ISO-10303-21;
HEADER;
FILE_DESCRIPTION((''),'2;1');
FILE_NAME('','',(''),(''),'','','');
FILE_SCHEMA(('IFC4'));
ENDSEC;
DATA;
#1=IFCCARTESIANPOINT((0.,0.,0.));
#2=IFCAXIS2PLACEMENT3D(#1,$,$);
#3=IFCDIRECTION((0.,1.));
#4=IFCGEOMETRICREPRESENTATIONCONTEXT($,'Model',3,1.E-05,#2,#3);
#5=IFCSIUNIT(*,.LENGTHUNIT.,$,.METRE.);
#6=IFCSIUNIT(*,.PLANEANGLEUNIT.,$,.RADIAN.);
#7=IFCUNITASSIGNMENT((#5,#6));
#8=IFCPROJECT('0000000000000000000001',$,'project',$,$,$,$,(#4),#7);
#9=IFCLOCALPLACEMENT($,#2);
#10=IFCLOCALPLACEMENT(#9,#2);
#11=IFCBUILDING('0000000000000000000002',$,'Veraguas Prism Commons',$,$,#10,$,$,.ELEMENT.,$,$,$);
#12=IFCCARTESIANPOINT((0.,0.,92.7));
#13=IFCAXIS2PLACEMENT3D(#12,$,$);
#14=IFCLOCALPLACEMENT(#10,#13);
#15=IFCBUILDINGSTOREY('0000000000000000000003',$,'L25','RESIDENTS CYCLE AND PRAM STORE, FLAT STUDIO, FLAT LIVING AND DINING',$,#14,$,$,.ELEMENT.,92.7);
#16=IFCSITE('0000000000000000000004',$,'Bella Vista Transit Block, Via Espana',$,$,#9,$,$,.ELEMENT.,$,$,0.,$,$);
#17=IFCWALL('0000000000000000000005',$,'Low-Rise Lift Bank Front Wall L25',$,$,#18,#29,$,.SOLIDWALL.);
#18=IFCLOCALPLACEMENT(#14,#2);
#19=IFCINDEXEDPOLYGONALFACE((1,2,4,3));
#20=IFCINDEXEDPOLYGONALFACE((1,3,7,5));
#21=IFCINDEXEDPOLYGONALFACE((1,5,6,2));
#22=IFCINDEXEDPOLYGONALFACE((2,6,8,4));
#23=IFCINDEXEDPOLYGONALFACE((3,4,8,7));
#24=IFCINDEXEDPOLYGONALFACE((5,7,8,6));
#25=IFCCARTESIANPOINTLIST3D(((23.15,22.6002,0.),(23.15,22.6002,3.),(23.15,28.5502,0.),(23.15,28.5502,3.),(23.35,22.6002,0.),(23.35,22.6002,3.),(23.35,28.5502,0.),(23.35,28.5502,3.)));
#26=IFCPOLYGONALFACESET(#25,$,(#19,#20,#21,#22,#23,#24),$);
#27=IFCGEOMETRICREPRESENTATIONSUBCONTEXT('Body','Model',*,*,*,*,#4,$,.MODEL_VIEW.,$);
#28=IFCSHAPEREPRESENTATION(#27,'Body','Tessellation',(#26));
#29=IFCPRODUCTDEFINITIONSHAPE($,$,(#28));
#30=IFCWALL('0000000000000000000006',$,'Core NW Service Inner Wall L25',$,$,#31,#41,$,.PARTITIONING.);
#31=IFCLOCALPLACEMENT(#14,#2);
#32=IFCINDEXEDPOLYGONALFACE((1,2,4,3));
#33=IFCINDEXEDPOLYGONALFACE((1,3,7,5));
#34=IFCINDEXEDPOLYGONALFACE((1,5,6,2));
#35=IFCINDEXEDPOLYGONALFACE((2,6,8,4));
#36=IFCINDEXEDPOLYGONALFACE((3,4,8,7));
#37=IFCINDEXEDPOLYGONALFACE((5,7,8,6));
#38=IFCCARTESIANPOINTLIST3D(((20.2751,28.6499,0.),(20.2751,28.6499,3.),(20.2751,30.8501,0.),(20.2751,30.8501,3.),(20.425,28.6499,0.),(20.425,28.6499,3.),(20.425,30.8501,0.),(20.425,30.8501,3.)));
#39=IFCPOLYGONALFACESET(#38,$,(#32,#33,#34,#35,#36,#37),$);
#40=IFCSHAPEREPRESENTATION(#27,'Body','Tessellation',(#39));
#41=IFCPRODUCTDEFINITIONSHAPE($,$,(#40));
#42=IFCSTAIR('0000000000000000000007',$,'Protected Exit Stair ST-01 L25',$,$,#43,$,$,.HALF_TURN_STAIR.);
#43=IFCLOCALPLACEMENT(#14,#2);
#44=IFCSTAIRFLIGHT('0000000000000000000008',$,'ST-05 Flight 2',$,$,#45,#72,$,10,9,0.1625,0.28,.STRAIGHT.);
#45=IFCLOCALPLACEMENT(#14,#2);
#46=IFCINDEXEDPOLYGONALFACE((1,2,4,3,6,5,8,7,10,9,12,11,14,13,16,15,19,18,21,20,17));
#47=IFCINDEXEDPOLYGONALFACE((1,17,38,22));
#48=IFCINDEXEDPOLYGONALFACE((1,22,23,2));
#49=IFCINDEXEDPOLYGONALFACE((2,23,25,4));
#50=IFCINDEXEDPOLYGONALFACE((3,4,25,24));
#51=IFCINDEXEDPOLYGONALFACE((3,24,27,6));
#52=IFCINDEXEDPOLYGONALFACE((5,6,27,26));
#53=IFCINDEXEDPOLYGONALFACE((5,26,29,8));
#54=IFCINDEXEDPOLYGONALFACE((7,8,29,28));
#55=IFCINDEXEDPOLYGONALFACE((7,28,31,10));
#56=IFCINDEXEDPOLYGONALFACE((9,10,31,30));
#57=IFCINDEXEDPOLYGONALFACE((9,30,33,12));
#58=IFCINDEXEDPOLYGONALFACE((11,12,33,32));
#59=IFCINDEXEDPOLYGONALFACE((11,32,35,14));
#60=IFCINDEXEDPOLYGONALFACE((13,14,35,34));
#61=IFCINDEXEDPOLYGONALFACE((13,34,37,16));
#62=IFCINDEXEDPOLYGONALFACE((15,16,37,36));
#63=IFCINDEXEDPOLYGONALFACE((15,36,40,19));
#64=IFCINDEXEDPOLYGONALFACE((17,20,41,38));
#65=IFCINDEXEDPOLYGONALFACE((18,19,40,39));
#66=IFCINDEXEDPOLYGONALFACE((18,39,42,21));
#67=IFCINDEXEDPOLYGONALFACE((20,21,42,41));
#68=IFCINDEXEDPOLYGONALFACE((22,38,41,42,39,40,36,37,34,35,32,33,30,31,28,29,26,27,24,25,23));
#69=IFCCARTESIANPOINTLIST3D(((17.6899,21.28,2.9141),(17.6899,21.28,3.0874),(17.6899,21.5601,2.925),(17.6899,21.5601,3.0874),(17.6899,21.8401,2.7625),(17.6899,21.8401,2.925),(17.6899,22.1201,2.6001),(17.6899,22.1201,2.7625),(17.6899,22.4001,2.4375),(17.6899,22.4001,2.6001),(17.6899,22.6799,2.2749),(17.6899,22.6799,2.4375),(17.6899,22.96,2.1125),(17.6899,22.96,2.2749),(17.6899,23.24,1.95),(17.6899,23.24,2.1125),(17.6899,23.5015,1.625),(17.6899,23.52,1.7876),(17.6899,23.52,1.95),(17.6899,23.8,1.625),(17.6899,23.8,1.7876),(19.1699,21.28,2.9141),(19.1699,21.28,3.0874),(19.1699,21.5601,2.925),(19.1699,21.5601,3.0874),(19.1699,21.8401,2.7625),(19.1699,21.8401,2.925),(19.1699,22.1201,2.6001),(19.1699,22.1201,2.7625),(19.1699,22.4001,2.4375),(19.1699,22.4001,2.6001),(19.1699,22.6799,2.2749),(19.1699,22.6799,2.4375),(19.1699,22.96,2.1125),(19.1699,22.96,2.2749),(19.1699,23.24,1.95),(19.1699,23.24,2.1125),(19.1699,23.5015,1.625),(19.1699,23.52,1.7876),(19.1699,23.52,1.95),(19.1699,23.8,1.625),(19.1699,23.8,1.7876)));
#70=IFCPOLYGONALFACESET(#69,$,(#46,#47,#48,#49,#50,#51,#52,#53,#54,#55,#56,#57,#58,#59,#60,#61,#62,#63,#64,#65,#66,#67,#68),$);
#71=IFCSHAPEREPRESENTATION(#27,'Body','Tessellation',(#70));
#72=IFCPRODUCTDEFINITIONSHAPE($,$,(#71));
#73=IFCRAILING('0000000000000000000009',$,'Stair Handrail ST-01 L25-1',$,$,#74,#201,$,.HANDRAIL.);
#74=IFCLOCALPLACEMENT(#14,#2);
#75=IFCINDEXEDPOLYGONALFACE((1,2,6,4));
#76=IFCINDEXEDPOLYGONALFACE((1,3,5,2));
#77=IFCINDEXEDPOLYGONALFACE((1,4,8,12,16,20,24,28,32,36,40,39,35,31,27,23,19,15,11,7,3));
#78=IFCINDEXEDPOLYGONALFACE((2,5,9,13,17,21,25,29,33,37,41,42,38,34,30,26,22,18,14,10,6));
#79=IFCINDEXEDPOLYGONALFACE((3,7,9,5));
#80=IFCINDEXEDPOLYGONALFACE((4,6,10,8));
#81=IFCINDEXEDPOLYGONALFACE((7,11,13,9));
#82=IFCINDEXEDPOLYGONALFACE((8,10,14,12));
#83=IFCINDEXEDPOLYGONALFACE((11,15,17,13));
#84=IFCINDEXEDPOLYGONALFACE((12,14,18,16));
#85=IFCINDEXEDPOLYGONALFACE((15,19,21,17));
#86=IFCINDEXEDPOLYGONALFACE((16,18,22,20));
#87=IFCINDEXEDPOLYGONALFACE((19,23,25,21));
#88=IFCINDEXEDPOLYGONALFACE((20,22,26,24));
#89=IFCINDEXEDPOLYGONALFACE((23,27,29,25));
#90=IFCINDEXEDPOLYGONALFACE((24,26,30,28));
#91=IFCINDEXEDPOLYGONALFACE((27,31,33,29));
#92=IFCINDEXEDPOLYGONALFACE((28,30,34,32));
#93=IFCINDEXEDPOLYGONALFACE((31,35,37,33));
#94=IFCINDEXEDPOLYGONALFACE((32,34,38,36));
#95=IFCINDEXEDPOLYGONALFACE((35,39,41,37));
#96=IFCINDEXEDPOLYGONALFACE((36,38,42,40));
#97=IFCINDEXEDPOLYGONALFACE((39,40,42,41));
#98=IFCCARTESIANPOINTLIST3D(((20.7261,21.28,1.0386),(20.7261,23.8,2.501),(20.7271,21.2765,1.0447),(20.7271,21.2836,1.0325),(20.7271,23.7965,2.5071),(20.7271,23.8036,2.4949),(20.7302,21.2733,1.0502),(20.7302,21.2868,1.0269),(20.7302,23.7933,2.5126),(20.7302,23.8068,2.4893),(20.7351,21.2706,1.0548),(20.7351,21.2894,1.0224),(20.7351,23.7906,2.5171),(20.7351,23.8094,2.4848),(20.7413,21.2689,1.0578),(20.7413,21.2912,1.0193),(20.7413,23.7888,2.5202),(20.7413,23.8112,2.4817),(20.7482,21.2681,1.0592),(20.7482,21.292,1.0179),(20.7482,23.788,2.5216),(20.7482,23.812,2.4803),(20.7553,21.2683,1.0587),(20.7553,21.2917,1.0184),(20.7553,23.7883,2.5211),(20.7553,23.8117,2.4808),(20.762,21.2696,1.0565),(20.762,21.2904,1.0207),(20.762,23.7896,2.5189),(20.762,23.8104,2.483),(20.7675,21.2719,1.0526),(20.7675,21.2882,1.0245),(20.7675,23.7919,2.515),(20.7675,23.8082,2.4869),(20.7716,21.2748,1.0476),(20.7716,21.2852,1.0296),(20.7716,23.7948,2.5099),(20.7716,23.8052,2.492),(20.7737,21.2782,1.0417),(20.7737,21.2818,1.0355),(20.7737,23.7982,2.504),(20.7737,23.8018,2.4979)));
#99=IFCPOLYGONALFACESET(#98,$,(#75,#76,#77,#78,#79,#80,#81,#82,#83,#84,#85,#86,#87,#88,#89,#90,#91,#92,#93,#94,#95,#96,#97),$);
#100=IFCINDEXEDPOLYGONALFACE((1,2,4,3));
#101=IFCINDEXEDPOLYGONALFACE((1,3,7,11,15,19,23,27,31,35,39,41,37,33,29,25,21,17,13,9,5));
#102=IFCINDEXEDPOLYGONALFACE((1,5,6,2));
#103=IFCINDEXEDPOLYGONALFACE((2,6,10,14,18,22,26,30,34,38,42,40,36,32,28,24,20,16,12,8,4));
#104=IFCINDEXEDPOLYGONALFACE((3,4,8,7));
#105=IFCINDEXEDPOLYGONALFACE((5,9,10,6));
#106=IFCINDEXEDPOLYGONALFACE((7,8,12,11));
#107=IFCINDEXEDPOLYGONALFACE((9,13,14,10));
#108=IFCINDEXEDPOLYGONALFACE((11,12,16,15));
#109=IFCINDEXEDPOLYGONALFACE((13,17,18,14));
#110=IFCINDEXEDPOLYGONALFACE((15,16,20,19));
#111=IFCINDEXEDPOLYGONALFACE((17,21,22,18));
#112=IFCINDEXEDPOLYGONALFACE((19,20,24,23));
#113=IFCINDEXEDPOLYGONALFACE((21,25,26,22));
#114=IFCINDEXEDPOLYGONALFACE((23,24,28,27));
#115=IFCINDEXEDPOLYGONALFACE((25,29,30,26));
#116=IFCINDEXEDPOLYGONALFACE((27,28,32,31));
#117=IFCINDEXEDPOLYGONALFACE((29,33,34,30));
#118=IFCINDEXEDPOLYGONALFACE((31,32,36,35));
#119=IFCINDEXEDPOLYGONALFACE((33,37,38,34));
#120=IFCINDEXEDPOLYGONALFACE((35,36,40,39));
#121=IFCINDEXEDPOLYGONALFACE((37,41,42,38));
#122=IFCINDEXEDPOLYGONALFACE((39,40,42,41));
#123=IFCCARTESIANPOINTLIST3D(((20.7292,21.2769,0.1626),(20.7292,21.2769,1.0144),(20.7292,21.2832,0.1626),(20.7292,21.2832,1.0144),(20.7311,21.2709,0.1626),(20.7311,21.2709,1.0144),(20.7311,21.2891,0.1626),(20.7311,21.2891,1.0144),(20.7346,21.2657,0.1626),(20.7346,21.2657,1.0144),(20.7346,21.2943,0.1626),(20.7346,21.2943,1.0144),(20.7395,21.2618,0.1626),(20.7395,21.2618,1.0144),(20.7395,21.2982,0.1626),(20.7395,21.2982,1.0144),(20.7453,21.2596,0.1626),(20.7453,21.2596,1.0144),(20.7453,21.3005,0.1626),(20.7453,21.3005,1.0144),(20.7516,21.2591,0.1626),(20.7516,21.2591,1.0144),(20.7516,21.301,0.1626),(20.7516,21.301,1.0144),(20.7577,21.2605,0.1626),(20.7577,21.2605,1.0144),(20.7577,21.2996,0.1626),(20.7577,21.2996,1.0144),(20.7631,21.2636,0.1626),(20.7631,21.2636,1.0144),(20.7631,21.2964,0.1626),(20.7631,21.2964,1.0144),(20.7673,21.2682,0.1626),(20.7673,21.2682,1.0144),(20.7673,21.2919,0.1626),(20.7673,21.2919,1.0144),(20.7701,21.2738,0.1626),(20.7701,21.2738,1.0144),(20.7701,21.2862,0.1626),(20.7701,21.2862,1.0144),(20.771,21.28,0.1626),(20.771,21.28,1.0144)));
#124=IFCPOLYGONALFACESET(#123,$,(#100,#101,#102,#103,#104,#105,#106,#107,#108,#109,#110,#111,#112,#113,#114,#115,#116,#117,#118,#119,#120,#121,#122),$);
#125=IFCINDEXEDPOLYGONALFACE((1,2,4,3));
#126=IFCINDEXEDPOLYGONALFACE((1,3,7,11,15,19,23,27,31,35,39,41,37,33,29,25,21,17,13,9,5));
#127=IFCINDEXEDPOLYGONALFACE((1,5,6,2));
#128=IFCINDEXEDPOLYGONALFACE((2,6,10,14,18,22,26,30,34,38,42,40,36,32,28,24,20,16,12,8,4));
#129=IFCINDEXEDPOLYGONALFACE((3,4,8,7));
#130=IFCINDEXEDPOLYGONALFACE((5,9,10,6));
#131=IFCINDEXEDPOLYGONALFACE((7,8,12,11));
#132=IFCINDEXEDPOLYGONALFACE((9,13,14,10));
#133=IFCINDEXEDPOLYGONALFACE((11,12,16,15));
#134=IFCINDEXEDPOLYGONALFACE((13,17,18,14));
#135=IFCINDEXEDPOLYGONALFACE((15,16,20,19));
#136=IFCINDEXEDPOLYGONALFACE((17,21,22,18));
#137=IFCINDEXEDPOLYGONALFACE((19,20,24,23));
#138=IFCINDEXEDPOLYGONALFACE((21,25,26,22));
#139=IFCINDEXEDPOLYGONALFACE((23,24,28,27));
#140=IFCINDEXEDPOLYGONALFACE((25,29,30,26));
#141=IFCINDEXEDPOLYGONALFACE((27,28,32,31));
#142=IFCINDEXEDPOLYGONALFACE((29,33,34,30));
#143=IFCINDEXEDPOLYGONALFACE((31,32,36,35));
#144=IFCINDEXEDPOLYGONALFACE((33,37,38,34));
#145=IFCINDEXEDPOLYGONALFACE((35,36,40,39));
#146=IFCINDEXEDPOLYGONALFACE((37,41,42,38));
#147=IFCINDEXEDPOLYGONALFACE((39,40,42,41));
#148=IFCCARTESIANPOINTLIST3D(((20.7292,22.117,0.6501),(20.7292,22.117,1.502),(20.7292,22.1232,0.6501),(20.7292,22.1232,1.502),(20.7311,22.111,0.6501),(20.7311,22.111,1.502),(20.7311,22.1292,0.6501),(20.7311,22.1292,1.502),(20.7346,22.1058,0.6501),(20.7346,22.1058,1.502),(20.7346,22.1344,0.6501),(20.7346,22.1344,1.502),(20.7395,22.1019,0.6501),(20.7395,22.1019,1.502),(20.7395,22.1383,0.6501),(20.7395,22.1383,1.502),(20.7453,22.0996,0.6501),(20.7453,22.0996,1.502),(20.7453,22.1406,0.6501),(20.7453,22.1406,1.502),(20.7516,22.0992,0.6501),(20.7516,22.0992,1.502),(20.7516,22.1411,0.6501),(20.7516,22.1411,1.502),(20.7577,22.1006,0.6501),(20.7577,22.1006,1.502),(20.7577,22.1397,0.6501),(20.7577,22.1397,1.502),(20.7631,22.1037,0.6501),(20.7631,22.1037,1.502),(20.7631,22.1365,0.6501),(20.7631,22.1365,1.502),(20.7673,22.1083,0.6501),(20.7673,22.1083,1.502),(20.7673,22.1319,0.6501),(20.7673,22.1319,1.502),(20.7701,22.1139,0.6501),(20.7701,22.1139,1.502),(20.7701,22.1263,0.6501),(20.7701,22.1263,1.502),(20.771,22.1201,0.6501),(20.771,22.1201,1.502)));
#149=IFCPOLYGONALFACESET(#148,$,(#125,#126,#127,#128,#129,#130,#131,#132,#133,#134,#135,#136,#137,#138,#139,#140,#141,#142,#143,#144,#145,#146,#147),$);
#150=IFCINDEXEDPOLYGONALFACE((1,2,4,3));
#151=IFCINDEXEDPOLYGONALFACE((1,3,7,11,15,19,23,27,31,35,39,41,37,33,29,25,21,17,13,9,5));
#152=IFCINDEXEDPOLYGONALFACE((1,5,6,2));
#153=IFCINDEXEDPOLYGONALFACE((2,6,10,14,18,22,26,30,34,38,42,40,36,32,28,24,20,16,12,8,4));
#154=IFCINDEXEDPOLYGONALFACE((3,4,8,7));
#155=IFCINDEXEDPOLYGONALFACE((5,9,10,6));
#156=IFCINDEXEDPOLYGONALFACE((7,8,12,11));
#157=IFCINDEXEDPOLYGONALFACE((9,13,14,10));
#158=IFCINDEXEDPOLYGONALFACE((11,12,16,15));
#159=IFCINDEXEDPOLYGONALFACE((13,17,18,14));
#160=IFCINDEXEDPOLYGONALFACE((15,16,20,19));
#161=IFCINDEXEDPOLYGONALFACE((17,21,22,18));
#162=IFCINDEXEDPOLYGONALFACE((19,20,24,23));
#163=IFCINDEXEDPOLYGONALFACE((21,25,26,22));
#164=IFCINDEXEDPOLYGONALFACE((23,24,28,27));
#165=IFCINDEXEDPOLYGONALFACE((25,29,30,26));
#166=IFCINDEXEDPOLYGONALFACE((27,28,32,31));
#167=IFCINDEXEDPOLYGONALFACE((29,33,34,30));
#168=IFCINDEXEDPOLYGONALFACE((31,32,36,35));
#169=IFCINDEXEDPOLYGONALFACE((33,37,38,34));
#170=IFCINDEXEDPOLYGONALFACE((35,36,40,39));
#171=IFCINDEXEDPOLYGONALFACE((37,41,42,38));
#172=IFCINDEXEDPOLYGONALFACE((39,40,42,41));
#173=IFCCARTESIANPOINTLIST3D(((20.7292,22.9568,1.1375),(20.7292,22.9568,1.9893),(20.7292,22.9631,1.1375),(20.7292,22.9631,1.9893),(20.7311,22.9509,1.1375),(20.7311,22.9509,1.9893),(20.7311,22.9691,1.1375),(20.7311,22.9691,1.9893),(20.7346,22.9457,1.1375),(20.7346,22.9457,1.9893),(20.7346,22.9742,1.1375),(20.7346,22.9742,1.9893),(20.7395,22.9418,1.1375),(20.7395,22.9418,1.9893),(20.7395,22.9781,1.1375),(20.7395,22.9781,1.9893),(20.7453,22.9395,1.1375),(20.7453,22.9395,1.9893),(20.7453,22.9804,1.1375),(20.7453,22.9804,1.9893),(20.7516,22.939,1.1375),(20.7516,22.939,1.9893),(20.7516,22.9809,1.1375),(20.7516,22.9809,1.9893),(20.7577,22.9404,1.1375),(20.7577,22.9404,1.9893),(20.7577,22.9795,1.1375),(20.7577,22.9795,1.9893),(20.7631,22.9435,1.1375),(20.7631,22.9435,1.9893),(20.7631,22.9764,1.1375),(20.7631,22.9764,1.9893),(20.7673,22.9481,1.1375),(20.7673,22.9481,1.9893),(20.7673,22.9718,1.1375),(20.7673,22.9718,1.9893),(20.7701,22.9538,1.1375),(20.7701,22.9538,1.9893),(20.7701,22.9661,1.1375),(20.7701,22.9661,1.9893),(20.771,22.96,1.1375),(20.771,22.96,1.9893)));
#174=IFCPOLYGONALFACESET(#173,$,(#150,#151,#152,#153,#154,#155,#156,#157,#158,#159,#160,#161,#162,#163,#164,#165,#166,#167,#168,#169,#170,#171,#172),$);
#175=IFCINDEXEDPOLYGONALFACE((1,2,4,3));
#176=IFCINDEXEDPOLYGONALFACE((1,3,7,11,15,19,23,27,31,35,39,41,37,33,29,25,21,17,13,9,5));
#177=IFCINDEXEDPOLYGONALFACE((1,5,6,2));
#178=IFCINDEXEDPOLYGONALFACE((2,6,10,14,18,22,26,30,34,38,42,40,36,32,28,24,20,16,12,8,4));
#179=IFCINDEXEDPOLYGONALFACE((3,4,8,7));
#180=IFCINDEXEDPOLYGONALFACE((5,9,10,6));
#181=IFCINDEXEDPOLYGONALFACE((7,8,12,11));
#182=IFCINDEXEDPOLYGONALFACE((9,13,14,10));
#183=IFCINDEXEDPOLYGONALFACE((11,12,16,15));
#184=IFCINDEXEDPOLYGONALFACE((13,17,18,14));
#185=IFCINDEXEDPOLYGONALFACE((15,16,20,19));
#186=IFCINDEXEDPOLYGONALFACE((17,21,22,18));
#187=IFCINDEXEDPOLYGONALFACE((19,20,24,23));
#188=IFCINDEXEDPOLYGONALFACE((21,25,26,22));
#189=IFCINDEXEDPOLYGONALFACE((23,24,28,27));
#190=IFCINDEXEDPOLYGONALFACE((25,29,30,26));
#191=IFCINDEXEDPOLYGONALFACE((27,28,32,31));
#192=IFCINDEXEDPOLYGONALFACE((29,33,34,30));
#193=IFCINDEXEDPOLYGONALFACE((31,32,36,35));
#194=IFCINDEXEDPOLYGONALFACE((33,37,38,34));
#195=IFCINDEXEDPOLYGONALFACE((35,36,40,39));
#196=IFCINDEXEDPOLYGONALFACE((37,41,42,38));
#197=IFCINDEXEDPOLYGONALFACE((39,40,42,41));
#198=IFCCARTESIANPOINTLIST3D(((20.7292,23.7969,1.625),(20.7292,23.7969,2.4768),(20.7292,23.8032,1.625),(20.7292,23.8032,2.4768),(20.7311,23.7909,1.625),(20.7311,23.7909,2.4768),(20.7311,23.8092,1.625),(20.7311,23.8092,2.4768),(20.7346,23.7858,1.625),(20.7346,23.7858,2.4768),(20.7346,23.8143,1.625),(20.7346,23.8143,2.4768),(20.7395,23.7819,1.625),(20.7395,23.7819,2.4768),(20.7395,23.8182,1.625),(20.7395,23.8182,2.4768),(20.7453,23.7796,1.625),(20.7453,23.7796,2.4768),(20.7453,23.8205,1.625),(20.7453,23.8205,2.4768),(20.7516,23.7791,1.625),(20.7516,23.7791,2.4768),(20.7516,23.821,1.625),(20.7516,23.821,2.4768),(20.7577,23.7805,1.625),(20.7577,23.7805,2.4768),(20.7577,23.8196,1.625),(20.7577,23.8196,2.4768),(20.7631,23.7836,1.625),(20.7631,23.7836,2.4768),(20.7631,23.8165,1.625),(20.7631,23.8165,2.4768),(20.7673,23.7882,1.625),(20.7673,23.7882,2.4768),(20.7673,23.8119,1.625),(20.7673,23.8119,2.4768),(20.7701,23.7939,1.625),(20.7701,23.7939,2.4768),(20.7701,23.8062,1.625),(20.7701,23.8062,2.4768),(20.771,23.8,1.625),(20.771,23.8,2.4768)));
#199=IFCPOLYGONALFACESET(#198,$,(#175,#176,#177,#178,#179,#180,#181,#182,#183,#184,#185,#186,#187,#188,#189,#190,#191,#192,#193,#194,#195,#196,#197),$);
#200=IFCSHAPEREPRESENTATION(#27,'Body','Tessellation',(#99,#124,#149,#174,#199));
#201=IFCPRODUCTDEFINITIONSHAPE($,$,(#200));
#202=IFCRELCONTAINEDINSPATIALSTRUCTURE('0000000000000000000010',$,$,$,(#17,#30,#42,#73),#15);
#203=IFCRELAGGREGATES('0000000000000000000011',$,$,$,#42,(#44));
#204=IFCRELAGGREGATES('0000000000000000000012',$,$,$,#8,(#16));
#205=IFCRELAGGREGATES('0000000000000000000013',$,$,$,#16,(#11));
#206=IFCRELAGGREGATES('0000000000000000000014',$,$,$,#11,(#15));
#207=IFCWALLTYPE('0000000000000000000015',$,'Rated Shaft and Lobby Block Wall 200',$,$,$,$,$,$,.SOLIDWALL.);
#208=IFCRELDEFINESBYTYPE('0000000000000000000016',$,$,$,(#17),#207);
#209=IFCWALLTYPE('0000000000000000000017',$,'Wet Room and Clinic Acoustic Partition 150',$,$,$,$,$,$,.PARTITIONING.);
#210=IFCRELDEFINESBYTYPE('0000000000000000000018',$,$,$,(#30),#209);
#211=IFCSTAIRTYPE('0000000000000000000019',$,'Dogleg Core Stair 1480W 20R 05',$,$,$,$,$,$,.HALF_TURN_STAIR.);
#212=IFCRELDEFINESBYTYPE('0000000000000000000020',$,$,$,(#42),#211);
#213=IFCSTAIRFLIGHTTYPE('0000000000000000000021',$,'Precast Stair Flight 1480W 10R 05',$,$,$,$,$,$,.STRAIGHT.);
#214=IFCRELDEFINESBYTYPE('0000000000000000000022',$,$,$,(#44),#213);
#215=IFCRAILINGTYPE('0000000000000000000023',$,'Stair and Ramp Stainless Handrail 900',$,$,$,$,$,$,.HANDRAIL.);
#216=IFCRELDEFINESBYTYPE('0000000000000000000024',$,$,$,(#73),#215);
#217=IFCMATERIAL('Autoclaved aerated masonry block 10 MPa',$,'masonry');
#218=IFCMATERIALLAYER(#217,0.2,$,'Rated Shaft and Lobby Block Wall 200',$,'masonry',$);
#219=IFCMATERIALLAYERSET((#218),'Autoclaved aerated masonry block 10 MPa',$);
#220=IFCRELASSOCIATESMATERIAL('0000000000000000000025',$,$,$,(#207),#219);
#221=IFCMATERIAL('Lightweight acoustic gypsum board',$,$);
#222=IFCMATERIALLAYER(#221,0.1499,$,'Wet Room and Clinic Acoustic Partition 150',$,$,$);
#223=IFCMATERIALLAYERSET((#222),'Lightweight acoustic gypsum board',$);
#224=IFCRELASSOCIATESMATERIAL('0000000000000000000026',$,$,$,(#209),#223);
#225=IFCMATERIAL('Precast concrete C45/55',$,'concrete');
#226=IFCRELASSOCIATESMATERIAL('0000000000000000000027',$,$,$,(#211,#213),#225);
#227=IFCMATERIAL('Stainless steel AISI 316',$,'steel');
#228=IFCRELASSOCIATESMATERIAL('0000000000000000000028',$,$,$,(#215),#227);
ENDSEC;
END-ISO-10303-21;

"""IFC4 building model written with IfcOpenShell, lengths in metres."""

from ifc_helpers import new_model, si_unit, direction, frame, frame_2d, origin, origin_2d, place, context, subcontext, project, spatial, polyline, rectangle, circle, outline, extrude, material, layer, layer_set, type_object, element, aggregate, save


model = new_model("IFC4")

# Units and contexts
model_context = context("Model", 3, precision=1e-05, world=origin(), true_north=direction((0.0, 1.0)))
body_context = subcontext(model_context, "Body", "Model", "MODEL_VIEW")
ifc_project = project(units=[si_unit("LENGTHUNIT", "METRE"), si_unit("PLANEANGLEUNIT", "RADIAN")], contexts=[model_context])

# Site, building, storey
site_placement = place(None, origin())
site = spatial("IfcSite", under=ifc_project, at=site_placement, Name="Bella Vista Transit Block, Via Espana", CompositionType="ELEMENT", RefElevation=0.0)
building_placement = place(site_placement, origin())
building = spatial("IfcBuilding", under=site, at=building_placement, Name="Veraguas Prism Commons", CompositionType="ELEMENT")
storey_placement = place(building_placement, frame((0.0, 0.0, 92.7)))
storey = spatial("IfcBuildingStorey", under=building, at=storey_placement, Name="L25", Description="RESIDENTS CYCLE AND PRAM STORE, FLAT STUDIO, FLAT LIVING AND DINING", CompositionType="ELEMENT", Elevation=92.7)

# Walls
ifc_material_1 = material(Name="Lightweight acoustic gypsum board")
ifc_material_2 = material(Name="Autoclaved aerated masonry block 10 MPa", Category="masonry")
ifc_layer_1 = layer(ifc_material_2, 0.2, Name="Rated Shaft and Lobby Block Wall 200", Category="masonry")
ifc_layer_set_1 = layer_set([ifc_layer_1], Name="Autoclaved aerated masonry block 10 MPa")
wall_type_1 = type_object("IfcWallType", Name="Rated Shaft and Lobby Block Wall 200", PredefinedType="SOLIDWALL", material=ifc_layer_set_1)
wall_1_placement = place(storey_placement, frame((23.25, 22.6001, 0.0), z_axis=(0.0, 0.0, 1.0), x_axis=(0.0, 1.0, 0.0)))
element("IfcWall", 1, at=wall_1_placement, inside=storey, type_object=wall_type_1, Name="Low-Rise Lift Bank Front Wall L25", PredefinedType="SOLIDWALL", context=body_context, shape_type="SweptSolid", body=[
    extrude(rectangle(XDim=5.95, YDim=0.2, at=frame_2d((2.9751, 0.0))), origin(), (0.0, 0.0, 1.0), 3.0),
])
ifc_layer_2 = layer(ifc_material_1, 0.1499, Name="Wet Room and Clinic Acoustic Partition 150")
ifc_layer_set_2 = layer_set([ifc_layer_2], Name="Lightweight acoustic gypsum board")
wall_type_2 = type_object("IfcWallType", Name="Wet Room and Clinic Acoustic Partition 150", PredefinedType="PARTITIONING", material=ifc_layer_set_2)
wall_2_placement = place(storey_placement, frame((20.3501, 28.6499, 0.0), z_axis=(0.0, 0.0, 1.0), x_axis=(0.0, 1.0, 0.0)))
element("IfcWall", 2, at=wall_2_placement, inside=storey, type_object=wall_type_2, Name="Core NW Service Inner Wall L25", PredefinedType="PARTITIONING", context=body_context, shape_type="SweptSolid", body=[
    extrude(rectangle(XDim=2.2002, YDim=0.1499, at=frame_2d((1.1001, 0.0))), origin(), (0.0, 0.0, 1.0), 3.0),
])

# Stair, stair flight
ifc_material_3 = material(Name="Precast concrete C45/55", Category="concrete")
stair_type = type_object("IfcStairType", Name="Dogleg Core Stair 1480W 20R 05", PredefinedType="HALF_TURN_STAIR", material=ifc_material_3)
stair_placement = place(storey_placement, origin())
stair = element("IfcStair", 3, at=stair_placement, inside=storey, type_object=stair_type, Name="Protected Exit Stair ST-01 L25", PredefinedType="HALF_TURN_STAIR")
stair_flight_type = type_object("IfcStairFlightType", Name="Precast Stair Flight 1480W 10R 05", PredefinedType="STRAIGHT", material=ifc_material_3)
stair_flight_placement = place(storey_placement, frame((18.4299, 23.8, 1.625), z_axis=(0.0, 0.0, 1.0), x_axis=(0.0, -1.0, 0.0)))
stair_flight = element("IfcStairFlight", 4, at=stair_flight_placement, type_object=stair_flight_type, Name="ST-05 Flight 2", NumberOfRisers=10, NumberOfTreads=9, PredefinedType="STRAIGHT", RiserHeight=0.1625, TreadLength=0.28, context=body_context, shape_type="SweptSolid", body=[
    extrude(outline(polyline([(0.0, 0.0), (0.0, 0.1626), (0.28, 0.1626), (0.28, 0.325), (0.5601, 0.325), (0.5601, 0.4875), (0.8401, 0.4875), (0.8401, 0.6499), (1.1201, 0.6499), (1.1201, 0.8125), (1.3999, 0.8125), (1.3999, 0.9751), (1.6799, 0.9751), (1.6799, 1.1375), (1.96, 1.1375), (1.96, 1.3), (2.24, 1.3), (2.24, 1.4624), (2.52, 1.4624), (2.52, 1.625), (2.52, 1.2891), (0.2986, 0.0), (0.0, 0.0)])), frame((0.0, 0.74, 0.0), z_axis=(0.0, -1.0, 0.0), x_axis=(1.0, 0.0, 0.0)), (0.0, 0.0, 1.0), 1.48),
])
aggregate(stair, [stair_flight])

# Railing
ifc_material_4 = material(Name="Stainless steel AISI 316", Category="steel")
railing_type_1 = type_object("IfcRailingType", Name="Stair and Ramp Stainless Handrail 900", PredefinedType="HANDRAIL", material=ifc_material_4)
railing_1_placement = place(storey_placement, frame((20.75, 21.28, 0.1626)))
element("IfcRailing", 5, at=railing_1_placement, inside=storey, type_object=railing_type_1, Name="Stair Handrail ST-01 L25-1", PredefinedType="HANDRAIL", context=body_context, shape_type="SweptSolid", body=[
    extrude(circle(Radius=0.0239, at=origin_2d()), frame((0.0, 0.0, 0.876), z_axis=(0.0, 0.864913, 0.501921), x_axis=(-1.0, 0.0, 0.0)), (0.0, 0.0, 1.0), 2.9136),
    extrude(circle(Radius=0.021, at=origin_2d()), origin(), (0.0, 0.0, 1.0), 0.8518),
    extrude(circle(Radius=0.021, at=origin_2d()), frame((0.0, 0.8401, 0.4875)), (0.0, 0.0, 1.0), 0.8518),
    extrude(circle(Radius=0.021, at=origin_2d()), frame((0.0, 1.6799, 0.9749)), (0.0, 0.0, 1.0), 0.8518),
    extrude(circle(Radius=0.021, at=origin_2d()), frame((0.0, 2.52, 1.4624)), (0.0, 0.0, 1.0), 0.8518),
])

save(model, "model.ifc")
